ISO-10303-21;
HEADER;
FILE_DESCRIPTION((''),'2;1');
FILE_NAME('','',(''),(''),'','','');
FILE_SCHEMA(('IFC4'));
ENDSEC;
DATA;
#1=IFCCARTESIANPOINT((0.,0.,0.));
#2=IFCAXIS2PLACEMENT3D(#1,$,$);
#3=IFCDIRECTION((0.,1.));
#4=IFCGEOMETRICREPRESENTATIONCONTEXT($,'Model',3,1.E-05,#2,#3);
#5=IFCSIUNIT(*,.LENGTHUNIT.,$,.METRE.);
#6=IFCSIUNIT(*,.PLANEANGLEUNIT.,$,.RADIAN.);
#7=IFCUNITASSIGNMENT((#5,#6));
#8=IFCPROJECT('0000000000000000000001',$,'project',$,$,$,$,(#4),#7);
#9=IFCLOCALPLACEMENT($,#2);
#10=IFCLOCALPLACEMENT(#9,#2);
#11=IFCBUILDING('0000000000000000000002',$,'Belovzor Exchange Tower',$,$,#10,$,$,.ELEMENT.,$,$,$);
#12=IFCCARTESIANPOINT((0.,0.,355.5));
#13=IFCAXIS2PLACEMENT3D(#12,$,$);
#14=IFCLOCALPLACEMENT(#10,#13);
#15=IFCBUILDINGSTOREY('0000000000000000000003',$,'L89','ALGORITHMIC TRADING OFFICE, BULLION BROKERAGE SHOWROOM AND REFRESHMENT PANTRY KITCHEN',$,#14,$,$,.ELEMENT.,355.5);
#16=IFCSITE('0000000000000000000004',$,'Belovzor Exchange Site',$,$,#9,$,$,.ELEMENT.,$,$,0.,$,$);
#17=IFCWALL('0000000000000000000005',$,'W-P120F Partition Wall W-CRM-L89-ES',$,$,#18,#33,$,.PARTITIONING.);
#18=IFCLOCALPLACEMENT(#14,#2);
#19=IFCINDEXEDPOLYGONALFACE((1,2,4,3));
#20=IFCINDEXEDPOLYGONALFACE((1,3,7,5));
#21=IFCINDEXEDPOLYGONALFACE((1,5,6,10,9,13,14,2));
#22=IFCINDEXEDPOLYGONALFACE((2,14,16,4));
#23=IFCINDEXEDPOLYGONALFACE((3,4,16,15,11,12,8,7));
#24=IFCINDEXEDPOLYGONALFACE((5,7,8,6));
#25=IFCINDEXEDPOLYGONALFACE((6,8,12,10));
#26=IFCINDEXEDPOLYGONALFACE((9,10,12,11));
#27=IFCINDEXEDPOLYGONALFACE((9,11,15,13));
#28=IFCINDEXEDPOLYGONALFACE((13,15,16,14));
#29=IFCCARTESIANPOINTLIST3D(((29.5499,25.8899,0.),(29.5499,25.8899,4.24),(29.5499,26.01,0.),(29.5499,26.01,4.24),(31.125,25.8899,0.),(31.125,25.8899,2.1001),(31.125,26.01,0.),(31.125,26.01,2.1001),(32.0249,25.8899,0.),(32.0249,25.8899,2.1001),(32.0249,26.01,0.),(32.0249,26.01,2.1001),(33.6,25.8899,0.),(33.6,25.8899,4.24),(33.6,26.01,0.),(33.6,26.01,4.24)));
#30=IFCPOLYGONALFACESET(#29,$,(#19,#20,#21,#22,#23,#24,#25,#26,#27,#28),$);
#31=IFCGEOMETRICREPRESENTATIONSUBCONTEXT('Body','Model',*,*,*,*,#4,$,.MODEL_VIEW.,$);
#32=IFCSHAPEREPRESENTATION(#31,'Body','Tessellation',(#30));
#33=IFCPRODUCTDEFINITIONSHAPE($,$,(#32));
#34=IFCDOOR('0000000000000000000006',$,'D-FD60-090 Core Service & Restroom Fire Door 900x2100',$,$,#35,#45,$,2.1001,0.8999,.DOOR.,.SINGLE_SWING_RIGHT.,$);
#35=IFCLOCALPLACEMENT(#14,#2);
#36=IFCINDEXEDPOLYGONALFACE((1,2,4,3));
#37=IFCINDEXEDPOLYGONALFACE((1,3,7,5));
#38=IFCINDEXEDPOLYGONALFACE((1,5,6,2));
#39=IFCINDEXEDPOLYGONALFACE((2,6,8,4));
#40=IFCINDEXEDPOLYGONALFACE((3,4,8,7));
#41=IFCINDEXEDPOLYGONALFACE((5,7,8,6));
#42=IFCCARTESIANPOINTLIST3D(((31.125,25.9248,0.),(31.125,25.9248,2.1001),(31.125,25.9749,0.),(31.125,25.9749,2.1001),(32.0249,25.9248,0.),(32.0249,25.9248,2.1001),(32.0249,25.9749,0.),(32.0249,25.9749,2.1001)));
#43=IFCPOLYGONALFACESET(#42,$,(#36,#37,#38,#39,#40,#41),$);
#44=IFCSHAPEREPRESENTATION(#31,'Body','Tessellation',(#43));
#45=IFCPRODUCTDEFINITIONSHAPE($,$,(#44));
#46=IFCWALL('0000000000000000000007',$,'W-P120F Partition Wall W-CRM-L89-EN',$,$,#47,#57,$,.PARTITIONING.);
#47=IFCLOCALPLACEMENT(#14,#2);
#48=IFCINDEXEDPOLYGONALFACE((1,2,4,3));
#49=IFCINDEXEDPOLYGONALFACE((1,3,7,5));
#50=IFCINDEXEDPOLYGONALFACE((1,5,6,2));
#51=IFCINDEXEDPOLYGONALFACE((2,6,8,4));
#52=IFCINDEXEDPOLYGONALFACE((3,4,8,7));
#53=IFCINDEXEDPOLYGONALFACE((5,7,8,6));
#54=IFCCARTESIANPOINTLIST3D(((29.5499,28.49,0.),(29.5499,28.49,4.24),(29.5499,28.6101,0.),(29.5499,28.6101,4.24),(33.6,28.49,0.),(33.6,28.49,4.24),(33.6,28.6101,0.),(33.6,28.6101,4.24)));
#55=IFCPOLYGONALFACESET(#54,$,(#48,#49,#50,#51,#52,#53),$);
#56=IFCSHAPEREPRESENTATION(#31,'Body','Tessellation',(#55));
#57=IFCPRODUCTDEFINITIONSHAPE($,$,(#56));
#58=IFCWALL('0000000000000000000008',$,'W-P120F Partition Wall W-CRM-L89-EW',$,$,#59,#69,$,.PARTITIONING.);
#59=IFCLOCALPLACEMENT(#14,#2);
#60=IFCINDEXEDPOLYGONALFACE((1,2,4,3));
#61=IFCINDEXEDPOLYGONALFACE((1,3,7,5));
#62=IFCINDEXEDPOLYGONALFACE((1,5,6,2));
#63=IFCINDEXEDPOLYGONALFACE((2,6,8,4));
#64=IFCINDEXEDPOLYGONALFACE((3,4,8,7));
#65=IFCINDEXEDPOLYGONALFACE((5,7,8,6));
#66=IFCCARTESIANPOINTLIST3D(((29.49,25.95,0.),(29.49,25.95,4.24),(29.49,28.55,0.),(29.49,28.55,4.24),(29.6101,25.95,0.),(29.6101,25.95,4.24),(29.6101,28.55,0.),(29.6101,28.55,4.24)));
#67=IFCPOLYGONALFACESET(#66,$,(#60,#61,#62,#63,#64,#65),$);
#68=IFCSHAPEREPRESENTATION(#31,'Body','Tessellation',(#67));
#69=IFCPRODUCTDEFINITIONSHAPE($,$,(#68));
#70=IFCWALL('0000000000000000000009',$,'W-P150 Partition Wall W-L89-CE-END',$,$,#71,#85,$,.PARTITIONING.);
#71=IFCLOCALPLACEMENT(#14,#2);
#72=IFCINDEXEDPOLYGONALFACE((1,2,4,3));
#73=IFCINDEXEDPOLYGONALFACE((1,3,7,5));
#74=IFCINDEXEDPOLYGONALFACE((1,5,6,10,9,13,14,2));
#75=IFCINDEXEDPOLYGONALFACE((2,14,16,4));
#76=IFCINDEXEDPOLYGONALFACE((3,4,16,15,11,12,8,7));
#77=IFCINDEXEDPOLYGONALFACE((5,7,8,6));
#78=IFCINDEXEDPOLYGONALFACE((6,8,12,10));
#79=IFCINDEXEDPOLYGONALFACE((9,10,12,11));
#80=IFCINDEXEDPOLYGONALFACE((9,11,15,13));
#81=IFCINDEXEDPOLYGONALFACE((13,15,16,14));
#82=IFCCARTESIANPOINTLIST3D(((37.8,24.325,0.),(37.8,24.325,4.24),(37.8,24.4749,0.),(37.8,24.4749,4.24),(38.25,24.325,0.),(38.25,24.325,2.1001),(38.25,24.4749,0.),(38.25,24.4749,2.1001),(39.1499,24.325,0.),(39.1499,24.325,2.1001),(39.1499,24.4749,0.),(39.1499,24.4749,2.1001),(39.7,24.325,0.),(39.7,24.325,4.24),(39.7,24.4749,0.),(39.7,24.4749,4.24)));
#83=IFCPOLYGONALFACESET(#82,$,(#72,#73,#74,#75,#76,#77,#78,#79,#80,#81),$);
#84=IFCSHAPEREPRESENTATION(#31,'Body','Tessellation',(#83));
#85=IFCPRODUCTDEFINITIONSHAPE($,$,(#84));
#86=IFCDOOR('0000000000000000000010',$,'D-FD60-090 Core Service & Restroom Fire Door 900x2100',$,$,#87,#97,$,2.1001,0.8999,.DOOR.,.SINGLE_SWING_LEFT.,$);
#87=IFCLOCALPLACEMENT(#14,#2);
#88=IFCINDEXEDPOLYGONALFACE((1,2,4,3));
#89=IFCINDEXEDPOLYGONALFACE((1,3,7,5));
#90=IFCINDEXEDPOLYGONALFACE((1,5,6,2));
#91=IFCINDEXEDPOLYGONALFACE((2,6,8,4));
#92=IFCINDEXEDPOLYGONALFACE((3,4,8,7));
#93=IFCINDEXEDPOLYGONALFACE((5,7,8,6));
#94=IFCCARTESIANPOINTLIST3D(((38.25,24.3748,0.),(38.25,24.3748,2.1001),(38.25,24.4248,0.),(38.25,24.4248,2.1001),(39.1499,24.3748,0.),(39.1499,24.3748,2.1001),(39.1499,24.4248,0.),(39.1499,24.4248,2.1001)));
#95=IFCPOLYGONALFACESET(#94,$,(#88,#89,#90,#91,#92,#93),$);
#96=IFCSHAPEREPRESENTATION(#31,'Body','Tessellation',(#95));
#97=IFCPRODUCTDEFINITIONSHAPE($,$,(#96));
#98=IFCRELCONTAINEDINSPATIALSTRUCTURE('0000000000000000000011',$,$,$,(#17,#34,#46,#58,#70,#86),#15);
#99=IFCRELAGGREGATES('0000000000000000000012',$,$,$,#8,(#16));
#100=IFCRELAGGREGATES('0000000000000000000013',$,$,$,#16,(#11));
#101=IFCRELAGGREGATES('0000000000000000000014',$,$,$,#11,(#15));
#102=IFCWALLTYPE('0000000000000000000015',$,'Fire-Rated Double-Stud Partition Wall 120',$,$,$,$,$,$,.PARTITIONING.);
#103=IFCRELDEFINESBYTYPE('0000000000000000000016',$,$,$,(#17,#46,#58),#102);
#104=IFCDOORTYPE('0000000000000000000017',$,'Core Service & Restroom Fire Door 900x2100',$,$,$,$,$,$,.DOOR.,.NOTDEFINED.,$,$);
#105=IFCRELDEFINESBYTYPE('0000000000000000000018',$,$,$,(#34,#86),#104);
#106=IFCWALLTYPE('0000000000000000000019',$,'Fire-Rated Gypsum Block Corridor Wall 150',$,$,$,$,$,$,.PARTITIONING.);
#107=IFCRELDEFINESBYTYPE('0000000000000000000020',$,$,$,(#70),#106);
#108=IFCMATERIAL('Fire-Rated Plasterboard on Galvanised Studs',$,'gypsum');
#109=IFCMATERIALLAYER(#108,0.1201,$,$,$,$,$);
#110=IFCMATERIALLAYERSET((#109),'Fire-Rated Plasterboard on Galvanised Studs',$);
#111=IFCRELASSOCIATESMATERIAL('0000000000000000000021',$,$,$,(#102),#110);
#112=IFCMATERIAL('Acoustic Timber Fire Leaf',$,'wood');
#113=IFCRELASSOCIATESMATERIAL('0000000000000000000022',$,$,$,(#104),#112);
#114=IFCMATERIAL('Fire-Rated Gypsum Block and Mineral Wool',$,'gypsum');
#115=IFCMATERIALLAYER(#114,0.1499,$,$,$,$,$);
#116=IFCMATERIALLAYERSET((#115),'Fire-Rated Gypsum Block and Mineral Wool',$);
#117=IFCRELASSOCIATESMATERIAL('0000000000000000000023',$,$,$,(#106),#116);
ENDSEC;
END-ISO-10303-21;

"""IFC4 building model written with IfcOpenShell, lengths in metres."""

from ifc_helpers import new_model, si_unit, direction, frame, frame_2d, origin, place, context, subcontext, project, spatial, rectangle, extrude, material, layer, layer_set, type_object, element, fill, save


model = new_model("IFC4")

# Units and contexts
model_context = context("Model", 3, precision=1e-05, world=origin(), true_north=direction((0.0, 1.0)))
body_context = subcontext(model_context, "Body", "Model", "MODEL_VIEW")
ifc_project = project(units=[si_unit("LENGTHUNIT", "METRE"), si_unit("PLANEANGLEUNIT", "RADIAN")], contexts=[model_context])

# Site, building, storey
site_placement = place(None, origin())
site = spatial("IfcSite", under=ifc_project, at=site_placement, Name="Belovzor Exchange Site", CompositionType="ELEMENT", RefElevation=0.0)
building_placement = place(site_placement, origin())
building = spatial("IfcBuilding", under=site, at=building_placement, Name="Belovzor Exchange Tower", CompositionType="ELEMENT")
storey_placement = place(building_placement, frame((0.0, 0.0, 355.5)))
storey = spatial("IfcBuildingStorey", under=building, at=storey_placement, Name="L89", Description="ALGORITHMIC TRADING OFFICE, BULLION BROKERAGE SHOWROOM AND REFRESHMENT PANTRY KITCHEN", CompositionType="ELEMENT", Elevation=355.5)

# Shared definitions
ifc_material_1 = material(Name="Fire-Rated Plasterboard on Galvanised Studs", Category="gypsum")
ifc_layer_1 = layer(ifc_material_1, 0.1201)
ifc_layer_set_1 = layer_set([ifc_layer_1], Name="Fire-Rated Plasterboard on Galvanised Studs")
wall_type_1 = type_object("IfcWallType", Name="Fire-Rated Double-Stud Partition Wall 120", PredefinedType="PARTITIONING", material=ifc_layer_set_1)
ifc_material_2 = material(Name="Acoustic Timber Fire Leaf", Category="wood")
door_type_1 = type_object("IfcDoorType", Name="Core Service & Restroom Fire Door 900x2100", OperationType="NOTDEFINED", PredefinedType="DOOR", material=ifc_material_2)

# Wall, opening, door
wall_1_placement = place(storey_placement, frame((29.55, 25.95, 0.0), z_axis=(0.0, 0.0, 1.0), x_axis=(1.0, 0.0, 0.0)))
wall_1 = element("IfcWall", 1, at=wall_1_placement, inside=storey, type_object=wall_type_1, Name="W-P120F Partition Wall W-CRM-L89-ES", PredefinedType="PARTITIONING", context=body_context, shape_type="SweptSolid", body=[
    extrude(rectangle(XDim=4.05, YDim=0.1201, at=frame_2d((2.0249, 0.0))), origin(), (0.0, 0.0, 1.0), 4.24),
])
opening_1_placement = place(wall_1_placement, frame((1.575, 0.0, 0.0)))
opening_1 = element("IfcOpeningElement", 2, at=opening_1_placement, cuts=wall_1, PredefinedType="OPENING", context=body_context, shape_type="SweptSolid", body=[
    extrude(rectangle(XDim=0.8999, YDim=2.1001, at=frame_2d((0.45, 1.05))), frame((0.0, 0.0701, 0.0), z_axis=(0.0, -1.0, 0.0), x_axis=(1.0, 0.0, 0.0)), (0.0, 0.0, 1.0), 0.1401),
])
door_1_placement = place(opening_1_placement, origin())
door_1 = element("IfcDoor", 3, at=door_1_placement, inside=storey, type_object=door_type_1, Name="D-FD60-090 Core Service & Restroom Fire Door 900x2100", OperationType="SINGLE_SWING_RIGHT", OverallHeight=2.1001, OverallWidth=0.8999, PredefinedType="DOOR", context=body_context, shape_type="SweptSolid", body=[
    extrude(rectangle(XDim=0.8999, YDim=2.1001, at=frame_2d((0.45, 1.05))), frame((0.0, 0.0249, 0.0), z_axis=(0.0, -1.0, 0.0), x_axis=(1.0, 0.0, 0.0)), (0.0, 0.0, 1.0), 0.05),
])
fill(opening_1, door_1)

# Walls
wall_2_placement = place(storey_placement, frame((29.55, 28.55, 0.0), z_axis=(0.0, 0.0, 1.0), x_axis=(1.0, 0.0, 0.0)))
element("IfcWall", 4, at=wall_2_placement, inside=storey, type_object=wall_type_1, Name="W-P120F Partition Wall W-CRM-L89-EN", PredefinedType="PARTITIONING", context=body_context, shape_type="SweptSolid", body=[
    extrude(rectangle(XDim=4.05, YDim=0.1201, at=frame_2d((2.0249, 0.0))), origin(), (0.0, 0.0, 1.0), 4.24),
])
wall_3_placement = place(storey_placement, frame((29.55, 25.95, 0.0), z_axis=(0.0, 0.0, 1.0), x_axis=(0.0, 1.0, 0.0)))
element("IfcWall", 5, at=wall_3_placement, inside=storey, type_object=wall_type_1, Name="W-P120F Partition Wall W-CRM-L89-EW", PredefinedType="PARTITIONING", context=body_context, shape_type="SweptSolid", body=[
    extrude(rectangle(XDim=2.6001, YDim=0.1201, at=frame_2d((1.3, 0.0))), origin(), (0.0, 0.0, 1.0), 4.24),
])

# Wall, opening, door
ifc_material_3 = material(Name="Fire-Rated Gypsum Block and Mineral Wool", Category="gypsum")
ifc_layer_2 = layer(ifc_material_3, 0.1499)
ifc_layer_set_2 = layer_set([ifc_layer_2], Name="Fire-Rated Gypsum Block and Mineral Wool")
wall_type_2 = type_object("IfcWallType", Name="Fire-Rated Gypsum Block Corridor Wall 150", PredefinedType="PARTITIONING", material=ifc_layer_set_2)
wall_4_placement = place(storey_placement, frame((37.8, 24.3999, 0.0), z_axis=(0.0, 0.0, 1.0), x_axis=(1.0, 0.0, 0.0)))
wall_4 = element("IfcWall", 6, at=wall_4_placement, inside=storey, type_object=wall_type_2, Name="W-P150 Partition Wall W-L89-CE-END", PredefinedType="PARTITIONING", context=body_context, shape_type="SweptSolid", body=[
    extrude(rectangle(XDim=1.8999, YDim=0.1499, at=frame_2d((0.95, 0.0))), origin(), (0.0, 0.0, 1.0), 4.24),
])
opening_2_placement = place(wall_4_placement, frame((0.45, 0.0, 0.0)))
opening_2 = element("IfcOpeningElement", 7, at=opening_2_placement, cuts=wall_4, PredefinedType="OPENING", context=body_context, shape_type="SweptSolid", body=[
    extrude(rectangle(XDim=0.8999, YDim=2.1001, at=frame_2d((0.45, 1.05))), frame((0.0, 0.085, 0.0), z_axis=(0.0, -1.0, 0.0), x_axis=(1.0, 0.0, 0.0)), (0.0, 0.0, 1.0), 0.1699),
])
door_2_placement = place(opening_2_placement, origin())
door_2 = element("IfcDoor", 8, at=door_2_placement, inside=storey, type_object=door_type_1, Name="D-FD60-090 Core Service & Restroom Fire Door 900x2100", OperationType="SINGLE_SWING_LEFT", OverallHeight=2.1001, OverallWidth=0.8999, PredefinedType="DOOR", context=body_context, shape_type="SweptSolid", body=[
    extrude(rectangle(XDim=0.8999, YDim=2.1001, at=frame_2d((0.45, 1.05))), frame((0.0, 0.0249, 0.0), z_axis=(0.0, -1.0, 0.0), x_axis=(1.0, 0.0, 0.0)), (0.0, 0.0, 1.0), 0.05),
])
fill(opening_2, door_2)

save(model, "model.ifc")
